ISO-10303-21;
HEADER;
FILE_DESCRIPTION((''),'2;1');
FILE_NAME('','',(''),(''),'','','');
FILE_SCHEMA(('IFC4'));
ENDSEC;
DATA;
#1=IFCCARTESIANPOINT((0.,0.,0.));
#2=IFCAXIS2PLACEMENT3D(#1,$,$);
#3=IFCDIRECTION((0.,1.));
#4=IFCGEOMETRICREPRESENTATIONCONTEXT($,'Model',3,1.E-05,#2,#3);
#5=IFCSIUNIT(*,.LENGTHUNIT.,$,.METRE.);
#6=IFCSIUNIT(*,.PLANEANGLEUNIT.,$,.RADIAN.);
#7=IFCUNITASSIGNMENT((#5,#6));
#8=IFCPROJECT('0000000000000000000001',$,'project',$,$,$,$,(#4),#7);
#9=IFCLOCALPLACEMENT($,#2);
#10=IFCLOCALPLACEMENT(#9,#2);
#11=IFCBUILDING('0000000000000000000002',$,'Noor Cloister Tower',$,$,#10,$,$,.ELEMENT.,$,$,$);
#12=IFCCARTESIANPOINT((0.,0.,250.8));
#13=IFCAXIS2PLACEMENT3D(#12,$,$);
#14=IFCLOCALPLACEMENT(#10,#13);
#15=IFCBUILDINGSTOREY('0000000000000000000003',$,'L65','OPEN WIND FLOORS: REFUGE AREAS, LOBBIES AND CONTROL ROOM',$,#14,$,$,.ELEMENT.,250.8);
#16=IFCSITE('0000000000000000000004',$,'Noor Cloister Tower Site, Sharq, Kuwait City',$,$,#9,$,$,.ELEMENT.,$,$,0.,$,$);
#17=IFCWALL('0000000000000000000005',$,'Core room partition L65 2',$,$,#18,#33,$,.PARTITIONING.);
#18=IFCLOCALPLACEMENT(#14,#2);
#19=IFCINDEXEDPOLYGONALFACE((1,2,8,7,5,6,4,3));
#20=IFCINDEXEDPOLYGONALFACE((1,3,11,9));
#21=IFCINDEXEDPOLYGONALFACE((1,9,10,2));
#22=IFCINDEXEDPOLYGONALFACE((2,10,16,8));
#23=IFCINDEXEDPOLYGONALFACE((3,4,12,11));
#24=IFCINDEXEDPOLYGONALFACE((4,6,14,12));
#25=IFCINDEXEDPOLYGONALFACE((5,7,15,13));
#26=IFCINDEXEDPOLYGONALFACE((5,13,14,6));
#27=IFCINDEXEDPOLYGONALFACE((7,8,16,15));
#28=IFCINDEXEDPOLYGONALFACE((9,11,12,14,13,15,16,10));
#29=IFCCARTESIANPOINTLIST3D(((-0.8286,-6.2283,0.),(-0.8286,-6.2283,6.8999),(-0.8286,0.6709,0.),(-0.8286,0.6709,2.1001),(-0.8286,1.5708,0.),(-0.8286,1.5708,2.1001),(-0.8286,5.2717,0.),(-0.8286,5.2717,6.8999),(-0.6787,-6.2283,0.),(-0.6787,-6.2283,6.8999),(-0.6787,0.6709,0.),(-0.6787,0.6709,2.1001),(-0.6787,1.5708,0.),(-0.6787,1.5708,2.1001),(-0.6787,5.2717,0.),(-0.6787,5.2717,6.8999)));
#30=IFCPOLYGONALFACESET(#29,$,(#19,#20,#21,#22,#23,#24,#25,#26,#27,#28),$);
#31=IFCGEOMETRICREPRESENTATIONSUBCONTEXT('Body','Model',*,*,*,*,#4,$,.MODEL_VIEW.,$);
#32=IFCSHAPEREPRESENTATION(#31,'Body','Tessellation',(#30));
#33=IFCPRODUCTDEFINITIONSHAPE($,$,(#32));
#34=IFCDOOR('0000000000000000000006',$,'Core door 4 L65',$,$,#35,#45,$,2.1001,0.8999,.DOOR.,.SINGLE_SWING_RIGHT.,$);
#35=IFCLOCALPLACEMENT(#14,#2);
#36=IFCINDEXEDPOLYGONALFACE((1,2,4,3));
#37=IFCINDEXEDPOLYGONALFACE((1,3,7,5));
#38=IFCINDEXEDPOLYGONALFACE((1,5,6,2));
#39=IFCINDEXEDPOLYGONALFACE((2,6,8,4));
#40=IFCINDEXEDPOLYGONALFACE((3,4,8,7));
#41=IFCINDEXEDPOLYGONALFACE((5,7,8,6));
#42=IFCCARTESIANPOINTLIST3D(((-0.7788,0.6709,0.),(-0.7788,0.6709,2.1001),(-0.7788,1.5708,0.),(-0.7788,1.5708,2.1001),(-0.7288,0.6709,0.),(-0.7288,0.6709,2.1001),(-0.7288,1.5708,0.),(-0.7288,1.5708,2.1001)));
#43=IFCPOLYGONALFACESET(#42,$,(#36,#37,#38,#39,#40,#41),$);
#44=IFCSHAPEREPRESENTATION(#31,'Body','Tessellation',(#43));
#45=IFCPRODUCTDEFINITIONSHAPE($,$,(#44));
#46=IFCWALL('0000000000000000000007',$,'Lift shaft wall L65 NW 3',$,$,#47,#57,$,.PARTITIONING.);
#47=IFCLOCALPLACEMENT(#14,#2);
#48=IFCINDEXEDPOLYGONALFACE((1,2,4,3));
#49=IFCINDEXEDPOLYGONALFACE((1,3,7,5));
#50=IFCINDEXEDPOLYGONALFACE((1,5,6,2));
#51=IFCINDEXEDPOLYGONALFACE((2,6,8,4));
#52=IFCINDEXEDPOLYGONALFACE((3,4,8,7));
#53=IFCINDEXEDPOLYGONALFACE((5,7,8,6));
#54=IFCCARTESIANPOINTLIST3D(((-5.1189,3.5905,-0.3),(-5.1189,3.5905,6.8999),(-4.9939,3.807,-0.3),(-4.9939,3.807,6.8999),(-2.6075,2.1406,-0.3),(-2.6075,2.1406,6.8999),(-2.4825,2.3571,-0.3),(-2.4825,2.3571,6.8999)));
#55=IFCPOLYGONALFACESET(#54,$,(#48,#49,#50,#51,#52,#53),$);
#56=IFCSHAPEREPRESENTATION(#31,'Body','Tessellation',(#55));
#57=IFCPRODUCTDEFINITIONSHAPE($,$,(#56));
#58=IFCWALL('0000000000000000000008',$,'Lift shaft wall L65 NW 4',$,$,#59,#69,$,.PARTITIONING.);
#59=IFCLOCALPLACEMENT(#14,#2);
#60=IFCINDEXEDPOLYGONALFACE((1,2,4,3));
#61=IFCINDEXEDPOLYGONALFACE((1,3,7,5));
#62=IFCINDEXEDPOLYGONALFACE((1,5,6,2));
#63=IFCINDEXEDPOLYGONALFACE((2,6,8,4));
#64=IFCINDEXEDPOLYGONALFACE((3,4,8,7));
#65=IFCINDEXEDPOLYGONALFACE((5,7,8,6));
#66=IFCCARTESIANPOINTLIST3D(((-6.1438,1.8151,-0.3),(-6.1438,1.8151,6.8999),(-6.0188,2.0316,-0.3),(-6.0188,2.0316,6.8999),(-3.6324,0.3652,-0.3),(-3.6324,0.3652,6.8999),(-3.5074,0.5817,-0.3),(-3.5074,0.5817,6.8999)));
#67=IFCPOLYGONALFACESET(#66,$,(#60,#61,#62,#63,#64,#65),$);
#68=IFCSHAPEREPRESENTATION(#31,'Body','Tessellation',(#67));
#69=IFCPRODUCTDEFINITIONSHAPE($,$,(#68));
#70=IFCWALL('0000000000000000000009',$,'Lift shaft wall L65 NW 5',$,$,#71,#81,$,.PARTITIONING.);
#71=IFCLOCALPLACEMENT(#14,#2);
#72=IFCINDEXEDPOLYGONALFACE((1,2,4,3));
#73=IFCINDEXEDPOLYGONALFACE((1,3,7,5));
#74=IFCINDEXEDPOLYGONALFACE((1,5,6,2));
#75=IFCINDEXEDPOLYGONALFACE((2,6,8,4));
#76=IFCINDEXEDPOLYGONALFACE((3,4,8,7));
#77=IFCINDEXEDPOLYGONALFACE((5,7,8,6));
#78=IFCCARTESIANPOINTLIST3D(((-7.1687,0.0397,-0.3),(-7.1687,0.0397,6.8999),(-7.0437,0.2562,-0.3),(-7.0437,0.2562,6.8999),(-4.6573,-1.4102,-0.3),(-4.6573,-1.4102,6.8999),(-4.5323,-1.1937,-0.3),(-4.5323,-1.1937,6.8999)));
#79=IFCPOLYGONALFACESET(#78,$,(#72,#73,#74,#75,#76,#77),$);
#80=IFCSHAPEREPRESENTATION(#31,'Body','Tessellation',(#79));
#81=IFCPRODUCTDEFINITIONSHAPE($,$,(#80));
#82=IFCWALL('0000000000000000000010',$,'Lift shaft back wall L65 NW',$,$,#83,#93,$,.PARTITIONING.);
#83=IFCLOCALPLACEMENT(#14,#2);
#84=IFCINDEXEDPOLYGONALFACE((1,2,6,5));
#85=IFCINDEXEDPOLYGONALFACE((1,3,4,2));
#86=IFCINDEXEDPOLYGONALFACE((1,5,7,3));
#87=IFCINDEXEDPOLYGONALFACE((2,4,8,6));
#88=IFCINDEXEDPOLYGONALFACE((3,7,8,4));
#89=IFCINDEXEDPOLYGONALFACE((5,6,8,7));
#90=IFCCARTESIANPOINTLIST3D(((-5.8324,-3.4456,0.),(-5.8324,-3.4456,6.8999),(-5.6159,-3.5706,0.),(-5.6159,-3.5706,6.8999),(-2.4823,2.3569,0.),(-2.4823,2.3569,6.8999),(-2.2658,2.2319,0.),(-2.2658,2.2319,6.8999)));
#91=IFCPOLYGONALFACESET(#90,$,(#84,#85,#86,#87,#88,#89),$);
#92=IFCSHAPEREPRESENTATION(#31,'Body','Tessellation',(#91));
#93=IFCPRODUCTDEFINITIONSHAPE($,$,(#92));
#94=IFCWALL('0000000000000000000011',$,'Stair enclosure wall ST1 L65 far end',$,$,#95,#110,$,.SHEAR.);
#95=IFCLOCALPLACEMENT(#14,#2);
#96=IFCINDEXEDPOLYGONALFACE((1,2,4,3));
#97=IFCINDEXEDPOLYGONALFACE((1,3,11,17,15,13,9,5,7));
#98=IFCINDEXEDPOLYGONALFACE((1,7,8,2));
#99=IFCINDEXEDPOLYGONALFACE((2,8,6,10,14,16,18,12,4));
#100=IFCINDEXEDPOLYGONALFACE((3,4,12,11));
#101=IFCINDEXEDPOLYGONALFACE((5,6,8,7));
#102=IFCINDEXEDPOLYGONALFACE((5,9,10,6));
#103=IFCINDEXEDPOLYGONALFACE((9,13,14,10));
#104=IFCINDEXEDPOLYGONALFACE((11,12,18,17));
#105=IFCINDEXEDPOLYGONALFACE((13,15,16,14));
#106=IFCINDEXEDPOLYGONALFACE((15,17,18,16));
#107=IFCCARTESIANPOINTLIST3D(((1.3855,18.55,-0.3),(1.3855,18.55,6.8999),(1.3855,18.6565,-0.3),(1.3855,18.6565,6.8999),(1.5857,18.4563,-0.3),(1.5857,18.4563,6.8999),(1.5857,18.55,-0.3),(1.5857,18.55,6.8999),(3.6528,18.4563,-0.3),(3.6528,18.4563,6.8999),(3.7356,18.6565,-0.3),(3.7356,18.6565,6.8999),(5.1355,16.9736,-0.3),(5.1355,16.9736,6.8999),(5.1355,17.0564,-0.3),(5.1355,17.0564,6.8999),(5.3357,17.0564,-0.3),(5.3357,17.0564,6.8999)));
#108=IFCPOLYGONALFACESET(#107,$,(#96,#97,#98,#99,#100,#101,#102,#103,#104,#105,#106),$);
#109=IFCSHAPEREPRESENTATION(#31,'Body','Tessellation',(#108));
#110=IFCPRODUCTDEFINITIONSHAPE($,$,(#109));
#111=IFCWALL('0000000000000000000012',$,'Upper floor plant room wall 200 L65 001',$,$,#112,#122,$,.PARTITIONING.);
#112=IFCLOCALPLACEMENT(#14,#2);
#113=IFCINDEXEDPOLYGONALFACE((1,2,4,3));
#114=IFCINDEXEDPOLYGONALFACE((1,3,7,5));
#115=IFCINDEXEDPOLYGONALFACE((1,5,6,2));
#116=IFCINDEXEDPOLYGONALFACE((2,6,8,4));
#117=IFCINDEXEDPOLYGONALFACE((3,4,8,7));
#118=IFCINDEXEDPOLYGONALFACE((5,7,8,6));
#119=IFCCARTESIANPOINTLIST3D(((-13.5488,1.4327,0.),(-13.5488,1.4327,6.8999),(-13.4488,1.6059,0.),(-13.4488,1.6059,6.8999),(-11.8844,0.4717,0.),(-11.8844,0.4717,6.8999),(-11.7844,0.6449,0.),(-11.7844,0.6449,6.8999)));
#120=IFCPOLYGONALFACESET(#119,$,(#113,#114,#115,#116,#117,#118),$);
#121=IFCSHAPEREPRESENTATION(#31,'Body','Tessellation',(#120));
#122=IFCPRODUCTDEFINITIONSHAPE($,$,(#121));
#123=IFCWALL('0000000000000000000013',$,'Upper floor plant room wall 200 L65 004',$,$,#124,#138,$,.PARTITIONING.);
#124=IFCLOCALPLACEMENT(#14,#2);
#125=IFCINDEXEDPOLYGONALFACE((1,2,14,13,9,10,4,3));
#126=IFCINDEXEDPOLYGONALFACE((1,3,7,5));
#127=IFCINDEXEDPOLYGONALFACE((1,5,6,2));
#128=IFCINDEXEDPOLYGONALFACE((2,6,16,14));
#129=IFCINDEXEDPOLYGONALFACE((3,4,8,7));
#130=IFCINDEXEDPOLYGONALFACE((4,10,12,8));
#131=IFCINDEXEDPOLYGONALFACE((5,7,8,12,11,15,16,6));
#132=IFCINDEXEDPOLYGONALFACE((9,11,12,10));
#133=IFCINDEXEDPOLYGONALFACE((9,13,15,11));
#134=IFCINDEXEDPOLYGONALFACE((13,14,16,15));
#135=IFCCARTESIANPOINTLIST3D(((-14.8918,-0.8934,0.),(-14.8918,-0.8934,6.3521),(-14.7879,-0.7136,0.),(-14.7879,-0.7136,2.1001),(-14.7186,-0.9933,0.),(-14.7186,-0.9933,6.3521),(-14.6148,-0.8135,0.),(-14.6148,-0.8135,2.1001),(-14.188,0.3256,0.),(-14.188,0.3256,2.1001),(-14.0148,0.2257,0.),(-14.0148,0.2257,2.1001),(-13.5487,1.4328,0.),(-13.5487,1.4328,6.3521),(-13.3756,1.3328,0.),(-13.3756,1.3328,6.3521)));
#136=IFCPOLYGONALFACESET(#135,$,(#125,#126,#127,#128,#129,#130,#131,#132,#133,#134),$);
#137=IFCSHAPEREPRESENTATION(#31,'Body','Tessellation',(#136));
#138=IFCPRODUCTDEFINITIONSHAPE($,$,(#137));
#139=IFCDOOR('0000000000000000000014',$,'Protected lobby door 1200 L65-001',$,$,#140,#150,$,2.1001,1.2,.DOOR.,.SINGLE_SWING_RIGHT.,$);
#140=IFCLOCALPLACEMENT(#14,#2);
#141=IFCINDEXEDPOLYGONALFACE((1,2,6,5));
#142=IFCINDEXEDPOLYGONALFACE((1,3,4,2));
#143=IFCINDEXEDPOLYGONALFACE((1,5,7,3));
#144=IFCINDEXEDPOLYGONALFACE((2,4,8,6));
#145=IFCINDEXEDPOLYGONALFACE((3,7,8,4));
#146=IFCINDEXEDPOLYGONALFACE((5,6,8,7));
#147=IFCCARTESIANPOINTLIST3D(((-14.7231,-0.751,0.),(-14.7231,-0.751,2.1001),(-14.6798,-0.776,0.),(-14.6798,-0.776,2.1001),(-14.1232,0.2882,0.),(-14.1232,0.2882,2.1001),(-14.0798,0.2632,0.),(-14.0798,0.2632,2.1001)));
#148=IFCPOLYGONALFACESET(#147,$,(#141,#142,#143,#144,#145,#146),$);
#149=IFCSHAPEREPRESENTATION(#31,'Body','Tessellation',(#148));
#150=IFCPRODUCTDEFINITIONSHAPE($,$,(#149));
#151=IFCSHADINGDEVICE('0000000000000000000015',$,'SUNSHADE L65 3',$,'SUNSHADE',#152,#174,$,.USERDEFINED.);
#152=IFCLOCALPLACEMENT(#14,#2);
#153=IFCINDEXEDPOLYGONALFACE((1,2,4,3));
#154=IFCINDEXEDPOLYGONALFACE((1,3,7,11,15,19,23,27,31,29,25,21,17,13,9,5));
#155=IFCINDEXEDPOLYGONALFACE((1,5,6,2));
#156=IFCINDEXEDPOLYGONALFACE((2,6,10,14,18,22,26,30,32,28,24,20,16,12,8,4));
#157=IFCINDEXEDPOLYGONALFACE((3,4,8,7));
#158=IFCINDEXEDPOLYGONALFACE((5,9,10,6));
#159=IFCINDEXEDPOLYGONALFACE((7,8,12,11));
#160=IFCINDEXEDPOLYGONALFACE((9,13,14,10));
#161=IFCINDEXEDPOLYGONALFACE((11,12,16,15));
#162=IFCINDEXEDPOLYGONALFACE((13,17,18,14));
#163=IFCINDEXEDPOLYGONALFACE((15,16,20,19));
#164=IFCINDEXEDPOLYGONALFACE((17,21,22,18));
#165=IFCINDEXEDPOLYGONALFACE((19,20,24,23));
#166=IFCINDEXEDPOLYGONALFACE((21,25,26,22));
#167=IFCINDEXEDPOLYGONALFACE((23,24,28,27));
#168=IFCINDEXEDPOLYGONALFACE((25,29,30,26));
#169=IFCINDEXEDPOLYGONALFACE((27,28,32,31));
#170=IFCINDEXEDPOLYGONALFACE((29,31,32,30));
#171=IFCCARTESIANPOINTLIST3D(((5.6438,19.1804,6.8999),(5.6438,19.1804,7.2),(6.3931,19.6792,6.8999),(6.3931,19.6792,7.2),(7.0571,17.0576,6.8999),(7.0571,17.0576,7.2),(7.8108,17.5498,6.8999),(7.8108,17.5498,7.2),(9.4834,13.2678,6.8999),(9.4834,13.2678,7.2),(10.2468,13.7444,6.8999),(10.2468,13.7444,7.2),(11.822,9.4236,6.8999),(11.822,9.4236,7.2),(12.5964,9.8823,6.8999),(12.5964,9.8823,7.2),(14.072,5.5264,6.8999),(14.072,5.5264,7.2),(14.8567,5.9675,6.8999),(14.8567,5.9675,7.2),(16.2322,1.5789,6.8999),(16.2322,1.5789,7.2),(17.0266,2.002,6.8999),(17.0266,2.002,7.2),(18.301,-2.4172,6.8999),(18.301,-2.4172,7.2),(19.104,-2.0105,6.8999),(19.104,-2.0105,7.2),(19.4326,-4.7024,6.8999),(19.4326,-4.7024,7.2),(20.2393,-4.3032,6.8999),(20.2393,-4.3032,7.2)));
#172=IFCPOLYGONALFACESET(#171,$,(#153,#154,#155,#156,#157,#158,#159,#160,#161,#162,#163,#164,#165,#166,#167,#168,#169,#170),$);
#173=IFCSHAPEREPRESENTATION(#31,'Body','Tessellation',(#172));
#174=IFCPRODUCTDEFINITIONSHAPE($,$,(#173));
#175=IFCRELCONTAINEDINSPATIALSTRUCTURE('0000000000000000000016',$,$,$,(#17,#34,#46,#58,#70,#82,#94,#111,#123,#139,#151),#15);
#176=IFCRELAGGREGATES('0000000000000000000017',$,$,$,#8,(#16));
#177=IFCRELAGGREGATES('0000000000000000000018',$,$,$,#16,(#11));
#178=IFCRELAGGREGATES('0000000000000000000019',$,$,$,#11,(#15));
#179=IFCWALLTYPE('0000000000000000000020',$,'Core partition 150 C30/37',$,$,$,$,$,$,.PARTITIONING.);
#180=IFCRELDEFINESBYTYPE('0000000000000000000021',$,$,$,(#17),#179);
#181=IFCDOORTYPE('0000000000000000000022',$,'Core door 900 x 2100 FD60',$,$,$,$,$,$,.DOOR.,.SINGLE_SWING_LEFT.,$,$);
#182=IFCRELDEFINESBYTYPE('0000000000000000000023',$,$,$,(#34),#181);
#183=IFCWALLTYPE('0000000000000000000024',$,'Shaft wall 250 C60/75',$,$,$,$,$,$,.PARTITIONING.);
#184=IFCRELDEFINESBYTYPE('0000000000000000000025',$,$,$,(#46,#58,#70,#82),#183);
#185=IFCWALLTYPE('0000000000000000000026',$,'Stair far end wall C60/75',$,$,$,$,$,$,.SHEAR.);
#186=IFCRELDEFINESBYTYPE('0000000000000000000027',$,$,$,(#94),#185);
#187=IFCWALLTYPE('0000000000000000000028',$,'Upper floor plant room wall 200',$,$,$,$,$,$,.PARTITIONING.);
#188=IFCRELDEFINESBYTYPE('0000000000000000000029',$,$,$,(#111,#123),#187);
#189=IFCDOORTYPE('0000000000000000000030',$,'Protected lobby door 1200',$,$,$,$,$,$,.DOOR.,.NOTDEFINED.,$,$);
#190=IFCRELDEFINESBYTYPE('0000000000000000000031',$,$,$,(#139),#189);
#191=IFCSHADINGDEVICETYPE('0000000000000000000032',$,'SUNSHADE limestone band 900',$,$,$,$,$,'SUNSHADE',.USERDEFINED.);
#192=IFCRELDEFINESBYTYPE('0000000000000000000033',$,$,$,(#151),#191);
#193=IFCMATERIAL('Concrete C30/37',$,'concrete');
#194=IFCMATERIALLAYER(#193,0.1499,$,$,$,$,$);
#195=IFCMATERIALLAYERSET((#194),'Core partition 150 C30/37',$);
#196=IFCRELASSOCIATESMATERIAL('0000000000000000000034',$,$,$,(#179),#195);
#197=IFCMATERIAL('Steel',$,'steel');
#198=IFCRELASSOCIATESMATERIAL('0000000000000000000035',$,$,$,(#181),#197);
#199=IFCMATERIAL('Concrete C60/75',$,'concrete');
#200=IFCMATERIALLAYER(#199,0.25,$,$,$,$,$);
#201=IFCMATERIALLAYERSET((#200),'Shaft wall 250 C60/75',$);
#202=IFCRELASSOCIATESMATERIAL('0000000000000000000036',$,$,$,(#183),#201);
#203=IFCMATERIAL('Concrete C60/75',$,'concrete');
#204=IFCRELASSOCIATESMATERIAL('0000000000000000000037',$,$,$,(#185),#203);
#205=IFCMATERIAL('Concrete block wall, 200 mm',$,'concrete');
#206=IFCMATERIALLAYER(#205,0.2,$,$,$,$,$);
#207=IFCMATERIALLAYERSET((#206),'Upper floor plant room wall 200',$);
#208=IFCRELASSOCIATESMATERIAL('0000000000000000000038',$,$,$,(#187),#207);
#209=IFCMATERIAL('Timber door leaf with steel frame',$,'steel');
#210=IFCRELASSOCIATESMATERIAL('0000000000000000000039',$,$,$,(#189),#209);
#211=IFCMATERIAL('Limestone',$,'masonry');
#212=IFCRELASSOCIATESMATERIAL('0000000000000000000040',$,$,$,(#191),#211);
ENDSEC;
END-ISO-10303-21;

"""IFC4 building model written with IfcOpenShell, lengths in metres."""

from ifc_helpers import new_model, si_unit, direction, frame, frame_2d, origin, place, context, subcontext, project, spatial, polyline, rectangle, outline, extrude, material, layer, layer_set, type_object, element, fill, save


model = new_model("IFC4")

# Units and contexts
model_context = context("Model", 3, precision=1e-05, world=origin(), true_north=direction((0.0, 1.0)))
body_context = subcontext(model_context, "Body", "Model", "MODEL_VIEW")
ifc_project = project(units=[si_unit("LENGTHUNIT", "METRE"), si_unit("PLANEANGLEUNIT", "RADIAN")], contexts=[model_context])

# Site, building, storey
site_placement = place(None, origin())
site = spatial("IfcSite", under=ifc_project, at=site_placement, Name="Noor Cloister Tower Site, Sharq, Kuwait City", CompositionType="ELEMENT", RefElevation=0.0)
building_placement = place(site_placement, origin())
building = spatial("IfcBuilding", under=site, at=building_placement, Name="Noor Cloister Tower", CompositionType="ELEMENT")
storey_placement = place(building_placement, frame((0.0, 0.0, 250.8)))
storey = spatial("IfcBuildingStorey", under=building, at=storey_placement, Name="L65", Description="OPEN WIND FLOORS: REFUGE AREAS, LOBBIES AND CONTROL ROOM", CompositionType="ELEMENT", Elevation=250.8)

# Wall, opening, door
ifc_material_1 = material(Name="Concrete C30/37", Category="concrete")
ifc_layer_1 = layer(ifc_material_1, 0.1499)
ifc_layer_set_1 = layer_set([ifc_layer_1], Name="Core partition 150 C30/37")
wall_type_1 = type_object("IfcWallType", Name="Core partition 150 C30/37", PredefinedType="PARTITIONING", material=ifc_layer_set_1)
wall_1_placement = place(storey_placement, frame((-0.7537, 5.2717, 0.0), z_axis=(0.0, 0.0, 1.0), x_axis=(0.0, -1.0, 0.0)))
wall_1 = element("IfcWall", 1, at=wall_1_placement, inside=storey, type_object=wall_type_1, Name="Core room partition L65 2", PredefinedType="PARTITIONING", context=body_context, shape_type="SweptSolid", body=[
    extrude(rectangle(XDim=11.5, YDim=0.1499, at=frame_2d((5.75, 0.0))), origin(), (0.0, 0.0, 1.0), 6.8999),
])
opening_1_placement = place(wall_1_placement, frame((3.7009, 0.0, 0.0)))
opening_1 = element("IfcOpeningElement", 2, at=opening_1_placement, cuts=wall_1, PredefinedType="OPENING", context=body_context, shape_type="SweptSolid", body=[
    extrude(rectangle(XDim=0.8999, YDim=2.1001, at=frame_2d((0.45, 1.05))), frame((0.0, 0.085, 0.0), z_axis=(0.0, -1.0, 0.0), x_axis=(1.0, 0.0, 0.0)), (0.0, 0.0, 1.0), 0.1699),
])
ifc_material_2 = material(Name="Steel", Category="steel")
door_type_1 = type_object("IfcDoorType", Name="Core door 900 x 2100 FD60", OperationType="SINGLE_SWING_LEFT", PredefinedType="DOOR", material=ifc_material_2)
door_1_placement = place(opening_1_placement, origin())
door_1 = element("IfcDoor", 3, at=door_1_placement, inside=storey, type_object=door_type_1, Name="Core door 4 L65", OperationType="SINGLE_SWING_RIGHT", OverallHeight=2.1001, OverallWidth=0.8999, PredefinedType="DOOR", context=body_context, shape_type="SweptSolid", body=[
    extrude(rectangle(XDim=0.8999, YDim=2.1001, at=frame_2d((0.45, 1.05))), frame((0.0, 0.0249, 0.0), z_axis=(0.0, -1.0, 0.0), x_axis=(1.0, 0.0, 0.0)), (0.0, 0.0, 1.0), 0.05),
])
fill(opening_1, door_1)

# Walls
ifc_material_3 = material(Name="Concrete C60/75", Category="concrete")
ifc_layer_2 = layer(ifc_material_3, 0.25)
ifc_layer_set_2 = layer_set([ifc_layer_2], Name="Shaft wall 250 C60/75")
wall_type_2 = type_object("IfcWallType", Name="Shaft wall 250 C60/75", PredefinedType="PARTITIONING", material=ifc_layer_set_2)
for number, where, z_axis, x_axis, name in (
    (4, (-5.0564, 3.6987, -0.3), (0.0, 0.0, 1.0), (0.866033, -0.499987, 0.0), "Lift shaft wall L65 NW 3"),
    (5, (-6.0813, 1.9233, -0.3), (0.0, 0.0, 1.0), (0.866033, -0.499987, 0.0), "Lift shaft wall L65 NW 4"),
    (6, (-7.1062, 0.1479, -0.3), (0.0, 0.0, 1.0), (0.866033, -0.499987, 0.0), "Lift shaft wall L65 NW 5"),
):
    element("IfcWall", number, at=place(storey_placement, frame(where, z_axis=z_axis, x_axis=x_axis)), inside=storey, type_object=wall_type_2, Name=name, PredefinedType="PARTITIONING", context=body_context, shape_type="SweptSolid", body=[
        extrude(rectangle(XDim=2.8999, YDim=0.25, at=frame_2d((1.45, 0.0))), origin(), (0.0, 0.0, 1.0), 7.2),
    ])
wall_2_placement = place(storey_placement, frame((-2.374, 2.2944, 0.0), z_axis=(0.0, 0.0, 1.0), x_axis=(-0.500003, -0.866024, 0.0)))
element("IfcWall", 7, at=wall_2_placement, inside=storey, type_object=wall_type_2, Name="Lift shaft back wall L65 NW", PredefinedType="PARTITIONING", context=body_context, shape_type="SweptSolid", body=[
    extrude(rectangle(XDim=6.7002, YDim=0.25, at=frame_2d((3.3501, 0.0))), origin(), (0.0, 0.0, 1.0), 6.8999),
])
ifc_material_4 = material(Name="Concrete C60/75", Category="concrete")
wall_type_3 = type_object("IfcWallType", Name="Stair far end wall C60/75", PredefinedType="SHEAR", material=ifc_material_4)
wall_3_placement = place(storey_placement, frame((0.0, 0.0, -0.3)))
element("IfcWall", 8, at=wall_3_placement, inside=storey, type_object=wall_type_3, Name="Stair enclosure wall ST1 L65 far end", PredefinedType="SHEAR", context=body_context, shape_type="SweptSolid", body=[
    extrude(outline(polyline([(5.3357, 17.0564), (3.7356, 18.6565), (1.3855, 18.6565), (1.3855, 18.55), (1.5857, 18.55), (1.5857, 18.55), (1.5857, 18.55), (1.5857, 18.55), (1.5857, 18.55), (1.5857, 18.55), (1.5857, 18.55), (1.5857, 18.55), (1.5857, 18.55), (1.5857, 18.55), (1.5857, 18.55), (1.5857, 18.55), (1.5857, 18.55), (1.5857, 18.55), (1.5857, 18.55), (1.5857, 18.55), (1.5857, 18.55), (1.5857, 18.4563), (3.6528, 18.4563), (5.1355, 16.9736), (5.1355, 17.0564), (5.1355, 17.0564), (5.1355, 17.0564), (5.1355, 17.0564), (5.1355, 17.0564), (5.1355, 17.0564), (5.1355, 17.0564), (5.1355, 17.0564), (5.1355, 17.0564), (5.1355, 17.0564), (5.1355, 17.0564), (5.1355, 17.0564), (5.1355, 17.0564), (5.1355, 17.0564), (5.1355, 17.0564), (5.1355, 17.0564), (5.1355, 17.0564), (5.3357, 17.0564)])), origin(), (0.0, 0.0, 1.0), 7.2),
])
ifc_material_5 = material(Name="Concrete block wall, 200 mm", Category="concrete")
ifc_layer_3 = layer(ifc_material_5, 0.2)
ifc_layer_set_3 = layer_set([ifc_layer_3], Name="Upper floor plant room wall 200")
wall_type_4 = type_object("IfcWallType", Name="Upper floor plant room wall 200", PredefinedType="PARTITIONING", material=ifc_layer_set_3)
wall_4_placement = place(storey_placement, frame((-13.4988, 1.5193, 0.0), z_axis=(0.0, 0.0, 1.0), x_axis=(0.866014, -0.500019, 0.0)))
element("IfcWall", 9, at=wall_4_placement, inside=storey, type_object=wall_type_4, Name="Upper floor plant room wall 200 L65 001", PredefinedType="PARTITIONING", context=body_context, shape_type="SweptSolid", body=[
    extrude(rectangle(XDim=1.9219, YDim=0.2, at=frame_2d((0.9609, 0.0))), origin(), (0.0, 0.0, 1.0), 6.8999),
])

# Wall, opening, door
wall_5_placement = place(storey_placement, frame((-13.4622, 1.3828, 0.0), z_axis=(0.0, 0.0, 1.0), x_axis=(-0.5, -0.866025, 0.0)))
wall_5 = element("IfcWall", 10, at=wall_5_placement, inside=storey, type_object=wall_type_4, Name="Upper floor plant room wall 200 L65 004", PredefinedType="PARTITIONING", context=body_context, shape_type="SweptSolid", body=[
    extrude(rectangle(XDim=2.686, YDim=0.2, at=frame_2d((1.343, 0.0))), origin(), (0.0, 0.0, 1.0), 6.3521),
])
opening_2_placement = place(wall_5_placement, frame((1.2783, 0.0, 0.0)))
opening_2 = element("IfcOpeningElement", 11, at=opening_2_placement, cuts=wall_5, PredefinedType="OPENING", context=body_context, shape_type="SweptSolid", body=[
    extrude(rectangle(XDim=1.2, YDim=2.1001, at=frame_2d((0.6001, 1.05))), frame((0.0, 0.1099, 0.0), z_axis=(0.0, -1.0, 0.0), x_axis=(1.0, 0.0, 0.0)), (0.0, 0.0, 1.0), 0.22),
])
ifc_material_6 = material(Name="Timber door leaf with steel frame", Category="steel")
door_type_2 = type_object("IfcDoorType", Name="Protected lobby door 1200", OperationType="NOTDEFINED", PredefinedType="DOOR", material=ifc_material_6)
door_2_placement = place(opening_2_placement, origin())
door_2 = element("IfcDoor", 12, at=door_2_placement, inside=storey, type_object=door_type_2, Name="Protected lobby door 1200 L65-001", OperationType="SINGLE_SWING_RIGHT", OverallHeight=2.1001, OverallWidth=1.2, PredefinedType="DOOR", context=body_context, shape_type="SweptSolid", body=[
    extrude(rectangle(XDim=1.2, YDim=2.1001, at=frame_2d((0.6001, 1.05))), frame((0.0, 0.0249, 0.0), z_axis=(0.0, -1.0, 0.0), x_axis=(1.0, 0.0, 0.0)), (0.0, 0.0, 1.0), 0.05),
])
fill(opening_2, door_2)

# Shading device
ifc_material_7 = material(Name="Limestone", Category="masonry")
shading_device_type = type_object("IfcShadingDeviceType", Name="SUNSHADE limestone band 900", ElementType="SUNSHADE", PredefinedType="USERDEFINED", material=ifc_material_7)
shading_device_1_placement = place(storey_placement, frame((0.0, 0.0, 6.8999)))
element("IfcShadingDevice", 13, at=shading_device_1_placement, inside=storey, type_object=shading_device_type, Name="SUNSHADE L65 3", ObjectType="SUNSHADE", PredefinedType="USERDEFINED", context=body_context, shape_type="SweptSolid", body=[
    extrude(outline(polyline([(20.2393, -4.3032), (19.104, -2.0105), (17.0266, 2.002), (14.8567, 5.9675), (12.5964, 9.8823), (10.2468, 13.7444), (7.8108, 17.5498), (6.3931, 19.6792), (5.6438, 19.1804), (7.0571, 17.0576), (9.4834, 13.2678), (11.822, 9.4236), (14.072, 5.5264), (16.2322, 1.5789), (18.301, -2.4172), (19.4326, -4.7024), (20.2393, -4.3032)])), origin(), (0.0, 0.0, 1.0), 0.3),
])

save(model, "model.ifc")
